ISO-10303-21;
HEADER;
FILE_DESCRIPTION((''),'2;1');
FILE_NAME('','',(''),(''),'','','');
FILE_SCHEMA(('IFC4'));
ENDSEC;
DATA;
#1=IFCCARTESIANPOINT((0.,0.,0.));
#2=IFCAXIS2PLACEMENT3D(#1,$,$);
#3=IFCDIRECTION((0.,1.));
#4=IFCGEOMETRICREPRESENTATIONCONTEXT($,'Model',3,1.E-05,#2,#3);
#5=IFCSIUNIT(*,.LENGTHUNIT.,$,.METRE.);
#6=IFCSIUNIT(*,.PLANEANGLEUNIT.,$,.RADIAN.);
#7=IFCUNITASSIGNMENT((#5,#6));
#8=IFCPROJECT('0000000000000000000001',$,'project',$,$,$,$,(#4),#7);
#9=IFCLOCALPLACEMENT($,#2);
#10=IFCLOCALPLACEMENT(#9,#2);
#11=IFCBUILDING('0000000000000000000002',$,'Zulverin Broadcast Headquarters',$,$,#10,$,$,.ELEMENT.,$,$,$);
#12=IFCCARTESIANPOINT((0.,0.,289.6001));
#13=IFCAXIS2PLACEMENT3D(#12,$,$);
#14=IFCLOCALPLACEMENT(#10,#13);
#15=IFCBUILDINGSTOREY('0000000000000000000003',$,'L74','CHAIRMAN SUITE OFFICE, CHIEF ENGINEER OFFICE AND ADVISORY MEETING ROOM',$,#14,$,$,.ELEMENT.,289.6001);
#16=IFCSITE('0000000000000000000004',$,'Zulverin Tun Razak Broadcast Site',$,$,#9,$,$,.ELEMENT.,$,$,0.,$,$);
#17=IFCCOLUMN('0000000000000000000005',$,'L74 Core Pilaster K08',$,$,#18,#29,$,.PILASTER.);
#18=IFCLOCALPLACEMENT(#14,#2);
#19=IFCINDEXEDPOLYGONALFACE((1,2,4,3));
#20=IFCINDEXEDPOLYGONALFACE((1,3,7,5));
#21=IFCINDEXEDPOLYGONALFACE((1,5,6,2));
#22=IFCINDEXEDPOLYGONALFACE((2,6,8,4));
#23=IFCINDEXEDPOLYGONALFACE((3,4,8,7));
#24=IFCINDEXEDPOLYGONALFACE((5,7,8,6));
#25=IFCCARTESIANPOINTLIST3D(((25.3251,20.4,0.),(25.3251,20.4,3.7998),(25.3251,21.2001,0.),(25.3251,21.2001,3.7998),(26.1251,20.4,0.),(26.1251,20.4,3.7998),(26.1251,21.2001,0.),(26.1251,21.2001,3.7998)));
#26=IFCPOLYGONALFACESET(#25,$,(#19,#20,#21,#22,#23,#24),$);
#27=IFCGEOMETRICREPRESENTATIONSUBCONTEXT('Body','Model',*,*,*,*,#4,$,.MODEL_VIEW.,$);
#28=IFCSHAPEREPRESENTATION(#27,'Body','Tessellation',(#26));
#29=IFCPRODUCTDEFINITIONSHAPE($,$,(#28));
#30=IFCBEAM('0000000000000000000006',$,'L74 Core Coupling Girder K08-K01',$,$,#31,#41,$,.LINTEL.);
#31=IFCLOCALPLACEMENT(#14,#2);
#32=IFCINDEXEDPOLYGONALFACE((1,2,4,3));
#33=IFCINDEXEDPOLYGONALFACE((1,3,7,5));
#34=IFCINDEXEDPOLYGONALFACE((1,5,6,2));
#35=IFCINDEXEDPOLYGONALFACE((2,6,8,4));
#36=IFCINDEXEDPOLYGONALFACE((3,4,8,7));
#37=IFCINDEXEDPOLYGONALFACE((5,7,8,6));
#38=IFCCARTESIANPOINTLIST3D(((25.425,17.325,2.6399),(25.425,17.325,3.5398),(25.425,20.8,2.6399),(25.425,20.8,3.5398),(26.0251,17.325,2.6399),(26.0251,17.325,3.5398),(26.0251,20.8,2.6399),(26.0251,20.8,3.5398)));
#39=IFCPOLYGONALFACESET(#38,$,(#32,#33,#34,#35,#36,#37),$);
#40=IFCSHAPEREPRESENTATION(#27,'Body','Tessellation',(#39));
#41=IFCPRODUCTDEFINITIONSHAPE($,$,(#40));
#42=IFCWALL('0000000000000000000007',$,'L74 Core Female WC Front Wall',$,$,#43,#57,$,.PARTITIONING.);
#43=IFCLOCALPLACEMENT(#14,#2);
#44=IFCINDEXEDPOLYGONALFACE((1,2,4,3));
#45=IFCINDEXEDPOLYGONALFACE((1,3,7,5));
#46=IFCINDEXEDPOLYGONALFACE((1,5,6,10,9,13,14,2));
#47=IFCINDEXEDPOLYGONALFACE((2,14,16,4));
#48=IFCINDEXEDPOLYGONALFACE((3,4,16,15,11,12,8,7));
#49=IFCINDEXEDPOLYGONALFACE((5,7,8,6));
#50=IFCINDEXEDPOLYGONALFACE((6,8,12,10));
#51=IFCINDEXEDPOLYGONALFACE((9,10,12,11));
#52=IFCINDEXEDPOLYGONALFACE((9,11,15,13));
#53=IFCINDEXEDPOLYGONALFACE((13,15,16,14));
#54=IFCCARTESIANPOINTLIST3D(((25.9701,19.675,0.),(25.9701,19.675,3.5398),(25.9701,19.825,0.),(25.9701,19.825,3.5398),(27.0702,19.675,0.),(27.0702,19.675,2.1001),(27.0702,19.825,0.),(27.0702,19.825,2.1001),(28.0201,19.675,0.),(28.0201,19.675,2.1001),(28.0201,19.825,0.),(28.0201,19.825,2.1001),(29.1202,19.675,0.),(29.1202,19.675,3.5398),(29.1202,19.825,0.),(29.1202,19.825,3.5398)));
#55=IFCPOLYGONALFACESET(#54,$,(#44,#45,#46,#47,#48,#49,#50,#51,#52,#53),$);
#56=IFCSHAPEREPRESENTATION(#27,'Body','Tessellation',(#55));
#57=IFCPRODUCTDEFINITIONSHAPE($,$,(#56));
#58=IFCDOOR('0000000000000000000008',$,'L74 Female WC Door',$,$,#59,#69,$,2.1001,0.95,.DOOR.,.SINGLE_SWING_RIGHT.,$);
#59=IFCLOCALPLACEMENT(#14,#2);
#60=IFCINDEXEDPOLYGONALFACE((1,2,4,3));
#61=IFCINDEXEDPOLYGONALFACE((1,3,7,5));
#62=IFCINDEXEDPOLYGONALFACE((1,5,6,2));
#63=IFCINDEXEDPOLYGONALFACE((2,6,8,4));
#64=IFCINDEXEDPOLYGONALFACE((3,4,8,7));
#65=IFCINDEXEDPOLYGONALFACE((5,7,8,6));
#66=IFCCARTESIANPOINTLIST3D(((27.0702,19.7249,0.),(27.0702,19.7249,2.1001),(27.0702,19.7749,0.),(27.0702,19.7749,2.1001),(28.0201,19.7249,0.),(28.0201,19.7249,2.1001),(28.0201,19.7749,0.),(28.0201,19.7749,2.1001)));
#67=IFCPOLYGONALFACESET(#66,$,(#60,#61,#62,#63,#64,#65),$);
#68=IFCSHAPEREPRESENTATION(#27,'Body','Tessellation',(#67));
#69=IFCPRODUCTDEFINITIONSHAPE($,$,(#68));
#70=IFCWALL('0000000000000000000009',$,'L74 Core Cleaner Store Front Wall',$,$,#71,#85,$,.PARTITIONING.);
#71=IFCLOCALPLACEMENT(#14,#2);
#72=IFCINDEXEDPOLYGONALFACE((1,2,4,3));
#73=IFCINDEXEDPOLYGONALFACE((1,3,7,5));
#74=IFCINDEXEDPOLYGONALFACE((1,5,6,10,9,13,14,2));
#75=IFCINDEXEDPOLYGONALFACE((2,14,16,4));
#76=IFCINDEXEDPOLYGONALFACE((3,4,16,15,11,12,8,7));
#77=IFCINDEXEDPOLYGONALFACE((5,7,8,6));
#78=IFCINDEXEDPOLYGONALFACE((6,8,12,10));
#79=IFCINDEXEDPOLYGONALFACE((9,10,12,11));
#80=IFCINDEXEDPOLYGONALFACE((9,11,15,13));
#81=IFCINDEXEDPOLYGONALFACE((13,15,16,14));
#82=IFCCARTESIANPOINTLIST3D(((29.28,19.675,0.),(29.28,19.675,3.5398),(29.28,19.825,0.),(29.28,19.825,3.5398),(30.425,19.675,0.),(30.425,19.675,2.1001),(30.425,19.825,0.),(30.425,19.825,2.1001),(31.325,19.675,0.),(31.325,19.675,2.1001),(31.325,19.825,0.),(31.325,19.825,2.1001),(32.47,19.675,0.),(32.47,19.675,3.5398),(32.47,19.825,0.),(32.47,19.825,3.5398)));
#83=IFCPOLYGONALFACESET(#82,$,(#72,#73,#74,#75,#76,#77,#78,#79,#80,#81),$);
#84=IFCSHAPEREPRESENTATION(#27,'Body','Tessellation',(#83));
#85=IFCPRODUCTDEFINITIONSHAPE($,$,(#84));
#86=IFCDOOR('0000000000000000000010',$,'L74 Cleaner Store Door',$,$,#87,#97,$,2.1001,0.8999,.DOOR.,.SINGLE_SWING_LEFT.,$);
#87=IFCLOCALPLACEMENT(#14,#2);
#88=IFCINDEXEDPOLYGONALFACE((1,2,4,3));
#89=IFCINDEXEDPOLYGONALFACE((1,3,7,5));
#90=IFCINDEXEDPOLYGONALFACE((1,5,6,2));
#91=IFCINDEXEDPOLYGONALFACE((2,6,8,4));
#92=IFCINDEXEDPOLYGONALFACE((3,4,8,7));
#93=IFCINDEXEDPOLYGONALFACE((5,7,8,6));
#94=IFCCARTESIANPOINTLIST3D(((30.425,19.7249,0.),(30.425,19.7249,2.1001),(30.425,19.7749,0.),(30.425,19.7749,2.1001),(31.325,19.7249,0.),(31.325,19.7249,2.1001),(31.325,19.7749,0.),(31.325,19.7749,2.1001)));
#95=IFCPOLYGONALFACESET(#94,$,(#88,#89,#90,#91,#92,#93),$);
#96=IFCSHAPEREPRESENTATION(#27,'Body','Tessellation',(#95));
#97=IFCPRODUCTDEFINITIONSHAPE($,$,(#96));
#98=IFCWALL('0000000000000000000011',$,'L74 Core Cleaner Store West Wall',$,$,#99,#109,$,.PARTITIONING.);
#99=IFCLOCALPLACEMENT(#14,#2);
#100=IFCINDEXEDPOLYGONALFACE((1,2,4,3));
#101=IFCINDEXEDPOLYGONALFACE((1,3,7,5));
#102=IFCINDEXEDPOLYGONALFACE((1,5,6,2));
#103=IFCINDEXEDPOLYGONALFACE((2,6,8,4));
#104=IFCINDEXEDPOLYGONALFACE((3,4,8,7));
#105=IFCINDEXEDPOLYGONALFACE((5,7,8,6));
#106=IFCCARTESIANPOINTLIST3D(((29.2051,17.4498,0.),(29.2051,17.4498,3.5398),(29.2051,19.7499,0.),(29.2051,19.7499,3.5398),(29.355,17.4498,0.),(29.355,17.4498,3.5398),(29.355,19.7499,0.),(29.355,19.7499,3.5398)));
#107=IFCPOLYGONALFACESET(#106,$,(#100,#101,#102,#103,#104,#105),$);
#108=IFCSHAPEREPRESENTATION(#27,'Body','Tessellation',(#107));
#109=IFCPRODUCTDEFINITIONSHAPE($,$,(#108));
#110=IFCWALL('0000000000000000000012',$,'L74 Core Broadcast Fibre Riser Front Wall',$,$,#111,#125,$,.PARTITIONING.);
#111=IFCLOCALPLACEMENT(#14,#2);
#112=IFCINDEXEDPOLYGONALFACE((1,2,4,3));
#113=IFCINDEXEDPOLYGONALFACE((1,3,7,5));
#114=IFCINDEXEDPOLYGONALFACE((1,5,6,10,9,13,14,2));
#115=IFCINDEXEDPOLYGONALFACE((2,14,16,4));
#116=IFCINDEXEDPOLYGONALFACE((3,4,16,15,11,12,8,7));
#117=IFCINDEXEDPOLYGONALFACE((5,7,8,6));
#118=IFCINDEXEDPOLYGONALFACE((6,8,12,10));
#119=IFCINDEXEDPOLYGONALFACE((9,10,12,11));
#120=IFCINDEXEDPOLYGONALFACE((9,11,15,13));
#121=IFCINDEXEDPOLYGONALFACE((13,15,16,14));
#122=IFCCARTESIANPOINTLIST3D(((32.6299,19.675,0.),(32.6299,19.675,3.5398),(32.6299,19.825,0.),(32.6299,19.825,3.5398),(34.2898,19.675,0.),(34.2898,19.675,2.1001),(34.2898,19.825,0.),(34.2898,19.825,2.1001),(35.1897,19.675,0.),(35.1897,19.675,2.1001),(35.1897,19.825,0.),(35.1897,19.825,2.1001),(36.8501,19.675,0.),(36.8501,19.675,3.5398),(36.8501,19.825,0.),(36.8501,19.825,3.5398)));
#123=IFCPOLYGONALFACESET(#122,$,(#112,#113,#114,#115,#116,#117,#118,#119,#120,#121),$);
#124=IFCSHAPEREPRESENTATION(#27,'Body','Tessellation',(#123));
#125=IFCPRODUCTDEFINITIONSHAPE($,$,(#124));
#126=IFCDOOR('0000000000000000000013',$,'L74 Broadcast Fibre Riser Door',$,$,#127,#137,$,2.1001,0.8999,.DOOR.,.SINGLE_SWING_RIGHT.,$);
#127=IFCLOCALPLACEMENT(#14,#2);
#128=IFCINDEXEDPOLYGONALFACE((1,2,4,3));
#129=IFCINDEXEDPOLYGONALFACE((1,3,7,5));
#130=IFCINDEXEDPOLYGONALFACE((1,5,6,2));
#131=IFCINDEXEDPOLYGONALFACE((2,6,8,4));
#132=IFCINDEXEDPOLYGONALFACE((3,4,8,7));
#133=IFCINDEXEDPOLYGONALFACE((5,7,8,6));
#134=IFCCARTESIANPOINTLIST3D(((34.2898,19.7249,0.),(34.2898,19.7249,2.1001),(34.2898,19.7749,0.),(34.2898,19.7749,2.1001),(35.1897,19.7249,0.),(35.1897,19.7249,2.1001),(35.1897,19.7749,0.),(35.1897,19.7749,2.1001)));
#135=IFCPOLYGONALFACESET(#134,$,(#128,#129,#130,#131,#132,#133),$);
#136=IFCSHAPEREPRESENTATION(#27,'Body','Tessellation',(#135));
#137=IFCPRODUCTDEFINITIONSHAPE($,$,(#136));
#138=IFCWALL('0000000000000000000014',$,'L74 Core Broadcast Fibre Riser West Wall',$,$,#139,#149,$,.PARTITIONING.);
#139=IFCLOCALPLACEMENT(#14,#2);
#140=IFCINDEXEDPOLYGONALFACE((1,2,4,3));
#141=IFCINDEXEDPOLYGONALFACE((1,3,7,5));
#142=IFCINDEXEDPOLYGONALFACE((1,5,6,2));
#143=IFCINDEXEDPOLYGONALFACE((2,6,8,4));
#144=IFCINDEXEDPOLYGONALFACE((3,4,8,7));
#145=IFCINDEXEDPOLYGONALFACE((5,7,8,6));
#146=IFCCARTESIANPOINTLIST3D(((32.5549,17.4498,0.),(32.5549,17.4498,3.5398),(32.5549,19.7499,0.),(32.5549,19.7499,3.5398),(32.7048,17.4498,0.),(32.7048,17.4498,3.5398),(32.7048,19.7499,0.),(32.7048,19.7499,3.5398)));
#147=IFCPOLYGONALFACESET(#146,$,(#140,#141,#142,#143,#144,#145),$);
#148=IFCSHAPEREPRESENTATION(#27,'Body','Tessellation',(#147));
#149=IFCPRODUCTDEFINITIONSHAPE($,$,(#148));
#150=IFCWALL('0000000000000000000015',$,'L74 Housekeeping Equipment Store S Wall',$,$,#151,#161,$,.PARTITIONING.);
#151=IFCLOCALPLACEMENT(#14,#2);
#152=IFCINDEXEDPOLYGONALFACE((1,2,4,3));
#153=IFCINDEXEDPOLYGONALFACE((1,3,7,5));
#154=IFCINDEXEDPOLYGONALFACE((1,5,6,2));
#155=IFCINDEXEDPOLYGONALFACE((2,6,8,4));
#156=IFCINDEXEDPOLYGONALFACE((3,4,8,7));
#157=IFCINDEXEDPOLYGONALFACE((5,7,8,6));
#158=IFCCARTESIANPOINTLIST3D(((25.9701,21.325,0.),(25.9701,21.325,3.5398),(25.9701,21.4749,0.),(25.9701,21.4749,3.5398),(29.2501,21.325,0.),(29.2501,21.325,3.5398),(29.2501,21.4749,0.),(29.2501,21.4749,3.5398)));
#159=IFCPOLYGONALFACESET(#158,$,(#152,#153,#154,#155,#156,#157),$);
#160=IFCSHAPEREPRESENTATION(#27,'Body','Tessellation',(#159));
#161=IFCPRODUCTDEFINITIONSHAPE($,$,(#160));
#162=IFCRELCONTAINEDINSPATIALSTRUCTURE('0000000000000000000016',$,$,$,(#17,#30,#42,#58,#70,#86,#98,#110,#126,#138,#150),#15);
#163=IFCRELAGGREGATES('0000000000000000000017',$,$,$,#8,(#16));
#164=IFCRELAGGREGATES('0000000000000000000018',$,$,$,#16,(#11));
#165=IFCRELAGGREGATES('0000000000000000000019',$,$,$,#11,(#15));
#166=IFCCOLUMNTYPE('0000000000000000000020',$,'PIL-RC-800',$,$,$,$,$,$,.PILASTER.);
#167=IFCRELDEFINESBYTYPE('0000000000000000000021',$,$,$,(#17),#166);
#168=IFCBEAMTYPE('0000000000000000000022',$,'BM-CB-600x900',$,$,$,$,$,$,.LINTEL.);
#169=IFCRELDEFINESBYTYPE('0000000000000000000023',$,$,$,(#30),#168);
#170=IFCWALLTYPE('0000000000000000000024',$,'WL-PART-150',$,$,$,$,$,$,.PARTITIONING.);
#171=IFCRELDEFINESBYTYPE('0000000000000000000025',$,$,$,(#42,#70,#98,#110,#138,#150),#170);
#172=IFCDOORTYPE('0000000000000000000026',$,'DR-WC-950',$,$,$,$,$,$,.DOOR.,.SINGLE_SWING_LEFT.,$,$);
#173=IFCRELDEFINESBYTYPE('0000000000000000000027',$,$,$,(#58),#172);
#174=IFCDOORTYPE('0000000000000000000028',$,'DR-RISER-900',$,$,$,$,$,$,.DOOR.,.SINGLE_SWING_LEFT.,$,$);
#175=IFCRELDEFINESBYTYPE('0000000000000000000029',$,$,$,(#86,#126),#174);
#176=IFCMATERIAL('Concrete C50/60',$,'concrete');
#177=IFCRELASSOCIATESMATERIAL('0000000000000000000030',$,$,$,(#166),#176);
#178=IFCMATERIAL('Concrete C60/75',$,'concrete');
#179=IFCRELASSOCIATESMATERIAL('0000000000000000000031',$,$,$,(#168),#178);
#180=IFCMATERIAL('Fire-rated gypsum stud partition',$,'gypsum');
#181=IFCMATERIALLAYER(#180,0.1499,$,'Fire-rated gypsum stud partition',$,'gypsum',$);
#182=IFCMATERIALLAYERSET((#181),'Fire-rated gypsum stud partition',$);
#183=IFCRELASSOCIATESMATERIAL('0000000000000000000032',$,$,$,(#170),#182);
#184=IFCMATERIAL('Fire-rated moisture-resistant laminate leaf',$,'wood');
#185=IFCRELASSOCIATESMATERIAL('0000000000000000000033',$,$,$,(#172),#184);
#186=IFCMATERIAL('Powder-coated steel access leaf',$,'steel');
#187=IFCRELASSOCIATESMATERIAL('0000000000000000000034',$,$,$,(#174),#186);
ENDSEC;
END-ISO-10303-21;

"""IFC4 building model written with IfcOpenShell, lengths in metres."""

from ifc_helpers import new_model, si_unit, direction, frame, frame_2d, origin, origin_2d, place, context, subcontext, project, spatial, rectangle, extrude, material, layer, layer_set, material_profile, profile_set, type_object, element, fill, save


model = new_model("IFC4")

# Units and contexts
model_context = context("Model", 3, precision=1e-05, world=origin(), true_north=direction((0.0, 1.0)))
body_context = subcontext(model_context, "Body", "Model", "MODEL_VIEW")
ifc_project = project(units=[si_unit("LENGTHUNIT", "METRE"), si_unit("PLANEANGLEUNIT", "RADIAN")], contexts=[model_context])

# Site, building, storey
site_placement = place(None, origin())
site = spatial("IfcSite", under=ifc_project, at=site_placement, Name="Zulverin Tun Razak Broadcast Site", CompositionType="ELEMENT", RefElevation=0.0)
building_placement = place(site_placement, origin())
building = spatial("IfcBuilding", under=site, at=building_placement, Name="Zulverin Broadcast Headquarters", CompositionType="ELEMENT")
storey_placement = place(building_placement, frame((0.0, 0.0, 289.6001)))
storey = spatial("IfcBuildingStorey", under=building, at=storey_placement, Name="L74", Description="CHAIRMAN SUITE OFFICE, CHIEF ENGINEER OFFICE AND ADVISORY MEETING ROOM", CompositionType="ELEMENT", Elevation=289.6001)

# Column
ifc_material_1 = material(Name="Concrete C50/60", Category="concrete")
ifc_material_profile_1 = material_profile(ifc_material_1, rectangle(XDim=0.8, YDim=0.8, at=origin_2d()), Name="Concrete C50/60", Category="concrete")
ifc_profile_set_1 = profile_set([ifc_material_profile_1], Name="Concrete C50/60")
column_type = type_object("IfcColumnType", Name="PIL-RC-800", PredefinedType="PILASTER", material=ifc_profile_set_1)
column_placement = place(storey_placement, frame((25.7251, 20.8, 0.0), z_axis=(0.0, 0.0, 1.0), x_axis=(1.0, 0.0, 0.0)))
element("IfcColumn", 1, at=column_placement, inside=storey, type_object=column_type, Name="L74 Core Pilaster K08", PredefinedType="PILASTER", context=body_context, shape_type="SweptSolid", body=[
    extrude(rectangle(XDim=0.8, YDim=0.8, at=origin_2d()), origin(), (0.0, 0.0, 1.0), 3.7998),
])

# Beam
ifc_material_2 = material(Name="Concrete C60/75", Category="concrete")
ifc_material_profile_2 = material_profile(ifc_material_2, rectangle(XDim=0.6001, YDim=0.8999, at=origin_2d()), Name="Concrete C60/75", Category="concrete")
ifc_profile_set_2 = profile_set([ifc_material_profile_2], Name="Concrete C60/75")
beam_type = type_object("IfcBeamType", Name="BM-CB-600x900", PredefinedType="LINTEL", material=ifc_profile_set_2)
beam_placement = place(storey_placement, frame((25.7251, 20.8, 3.0898), z_axis=(0.0, -1.0, 0.0), x_axis=(1.0, 0.0, 0.0)))
element("IfcBeam", 2, at=beam_placement, inside=storey, type_object=beam_type, Name="L74 Core Coupling Girder K08-K01", PredefinedType="LINTEL", context=body_context, shape_type="SweptSolid", body=[
    extrude(rectangle(XDim=0.6001, YDim=0.8999, at=origin_2d()), origin(), (0.0, 0.0, 1.0), 3.4751),
])

# Walls, openings, doors
ifc_material_3 = material(Name="Fire-rated gypsum stud partition", Category="gypsum")
ifc_layer = layer(ifc_material_3, 0.1499, Name="Fire-rated gypsum stud partition", Category="gypsum")
ifc_layer_set = layer_set([ifc_layer], Name="Fire-rated gypsum stud partition")
wall_type = type_object("IfcWallType", Name="WL-PART-150", PredefinedType="PARTITIONING", material=ifc_layer_set)
wall_1_placement = place(storey_placement, frame((25.97, 19.75, 0.0), z_axis=(0.0, 0.0, 1.0), x_axis=(1.0, 0.0, 0.0)))
wall_1 = element("IfcWall", 3, at=wall_1_placement, inside=storey, type_object=wall_type, Name="L74 Core Female WC Front Wall", PredefinedType="PARTITIONING", context=body_context, shape_type="SweptSolid", body=[
    extrude(rectangle(XDim=3.1501, YDim=0.1499, at=frame_2d((1.5752, 0.0))), origin(), (0.0, 0.0, 1.0), 3.5398),
])
opening_1_placement = place(wall_1_placement, frame((1.1001, 0.0, 0.0)))
opening_1 = element("IfcOpeningElement", 4, at=opening_1_placement, cuts=wall_1, PredefinedType="OPENING", context=body_context, shape_type="SweptSolid", body=[
    extrude(rectangle(XDim=0.95, YDim=2.1001, at=frame_2d((0.4751, 1.05))), frame((0.0, 0.085, 0.0), z_axis=(0.0, -1.0, 0.0), x_axis=(1.0, 0.0, 0.0)), (0.0, 0.0, 1.0), 0.1699),
])
ifc_material_4 = material(Name="Fire-rated moisture-resistant laminate leaf", Category="wood")
door_type_1 = type_object("IfcDoorType", Name="DR-WC-950", OperationType="SINGLE_SWING_LEFT", PredefinedType="DOOR", material=ifc_material_4)
door_1_placement = place(opening_1_placement, origin())
door_1 = element("IfcDoor", 5, at=door_1_placement, inside=storey, type_object=door_type_1, Name="L74 Female WC Door", OperationType="SINGLE_SWING_RIGHT", OverallHeight=2.1001, OverallWidth=0.95, PredefinedType="DOOR", context=body_context, shape_type="SweptSolid", body=[
    extrude(rectangle(XDim=0.95, YDim=2.1001, at=frame_2d((0.4751, 1.05))), frame((0.0, 0.0249, 0.0), z_axis=(0.0, -1.0, 0.0), x_axis=(1.0, 0.0, 0.0)), (0.0, 0.0, 1.0), 0.05),
])
fill(opening_1, door_1)
wall_2_placement = place(storey_placement, frame((29.28, 19.75, 0.0), z_axis=(0.0, 0.0, 1.0), x_axis=(1.0, 0.0, 0.0)))
wall_2 = element("IfcWall", 6, at=wall_2_placement, inside=storey, type_object=wall_type, Name="L74 Core Cleaner Store Front Wall", PredefinedType="PARTITIONING", context=body_context, shape_type="SweptSolid", body=[
    extrude(rectangle(XDim=3.1899, YDim=0.1499, at=frame_2d((1.595, 0.0))), origin(), (0.0, 0.0, 1.0), 3.5398),
])
opening_2_placement = place(wall_2_placement, frame((1.145, 0.0, 0.0)))
opening_2 = element("IfcOpeningElement", 7, at=opening_2_placement, cuts=wall_2, PredefinedType="OPENING", context=body_context, shape_type="SweptSolid", body=[
    extrude(rectangle(XDim=0.8999, YDim=2.1001, at=frame_2d((0.45, 1.05))), frame((0.0, 0.085, 0.0), z_axis=(0.0, -1.0, 0.0), x_axis=(1.0, 0.0, 0.0)), (0.0, 0.0, 1.0), 0.1699),
])
ifc_material_5 = material(Name="Powder-coated steel access leaf", Category="steel")
door_type_2 = type_object("IfcDoorType", Name="DR-RISER-900", OperationType="SINGLE_SWING_LEFT", PredefinedType="DOOR", material=ifc_material_5)
door_2_placement = place(opening_2_placement, origin())
door_2 = element("IfcDoor", 8, at=door_2_placement, inside=storey, type_object=door_type_2, Name="L74 Cleaner Store Door", OperationType="SINGLE_SWING_LEFT", OverallHeight=2.1001, OverallWidth=0.8999, PredefinedType="DOOR", context=body_context, shape_type="SweptSolid", body=[
    extrude(rectangle(XDim=0.8999, YDim=2.1001, at=frame_2d((0.45, 1.05))), frame((0.0, 0.0249, 0.0), z_axis=(0.0, -1.0, 0.0), x_axis=(1.0, 0.0, 0.0)), (0.0, 0.0, 1.0), 0.05),
])
fill(opening_2, door_2)

# Wall
wall_3_placement = place(storey_placement, frame((29.28, 17.45, 0.0), z_axis=(0.0, 0.0, 1.0), x_axis=(0.0, 1.0, 0.0)))
element("IfcWall", 9, at=wall_3_placement, inside=storey, type_object=wall_type, Name="L74 Core Cleaner Store West Wall", PredefinedType="PARTITIONING", context=body_context, shape_type="SweptSolid", body=[
    extrude(rectangle(XDim=2.3, YDim=0.1499, at=frame_2d((1.1499, 0.0))), origin(), (0.0, 0.0, 1.0), 3.5398),
])

# Wall, opening, door
wall_4_placement = place(storey_placement, frame((32.6299, 19.75, 0.0), z_axis=(0.0, 0.0, 1.0), x_axis=(1.0, 0.0, 0.0)))
wall_4 = element("IfcWall", 10, at=wall_4_placement, inside=storey, type_object=wall_type, Name="L74 Core Broadcast Fibre Riser Front Wall", PredefinedType="PARTITIONING", context=body_context, shape_type="SweptSolid", body=[
    extrude(rectangle(XDim=4.2202, YDim=0.1499, at=frame_2d((2.1101, 0.0))), origin(), (0.0, 0.0, 1.0), 3.5398),
])
opening_3_placement = place(wall_4_placement, frame((1.6599, 0.0, 0.0)))
opening_3 = element("IfcOpeningElement", 11, at=opening_3_placement, cuts=wall_4, PredefinedType="OPENING", context=body_context, shape_type="SweptSolid", body=[
    extrude(rectangle(XDim=0.8999, YDim=2.1001, at=frame_2d((0.45, 1.05))), frame((0.0, 0.085, 0.0), z_axis=(0.0, -1.0, 0.0), x_axis=(1.0, 0.0, 0.0)), (0.0, 0.0, 1.0), 0.1699),
])
door_3_placement = place(opening_3_placement, origin())
door_3 = element("IfcDoor", 12, at=door_3_placement, inside=storey, type_object=door_type_2, Name="L74 Broadcast Fibre Riser Door", OperationType="SINGLE_SWING_RIGHT", OverallHeight=2.1001, OverallWidth=0.8999, PredefinedType="DOOR", context=body_context, shape_type="SweptSolid", body=[
    extrude(rectangle(XDim=0.8999, YDim=2.1001, at=frame_2d((0.45, 1.05))), frame((0.0, 0.0249, 0.0), z_axis=(0.0, -1.0, 0.0), x_axis=(1.0, 0.0, 0.0)), (0.0, 0.0, 1.0), 0.05),
])
fill(opening_3, door_3)

# Walls
wall_5_placement = place(storey_placement, frame((32.6299, 17.45, 0.0), z_axis=(0.0, 0.0, 1.0), x_axis=(0.0, 1.0, 0.0)))
element("IfcWall", 13, at=wall_5_placement, inside=storey, type_object=wall_type, Name="L74 Core Broadcast Fibre Riser West Wall", PredefinedType="PARTITIONING", context=body_context, shape_type="SweptSolid", body=[
    extrude(rectangle(XDim=2.3, YDim=0.1499, at=frame_2d((1.1499, 0.0))), origin(), (0.0, 0.0, 1.0), 3.5398),
])
wall_6_placement = place(storey_placement, frame((25.97, 21.3999, 0.0), z_axis=(0.0, 0.0, 1.0), x_axis=(1.0, 0.0, 0.0)))
element("IfcWall", 14, at=wall_6_placement, inside=storey, type_object=wall_type, Name="L74 Housekeeping Equipment Store S Wall", PredefinedType="PARTITIONING", context=body_context, shape_type="SweptSolid", body=[
    extrude(rectangle(XDim=3.28, YDim=0.1499, at=frame_2d((1.6401, 0.0))), origin(), (0.0, 0.0, 1.0), 3.5398),
])

save(model, "model.ifc")
